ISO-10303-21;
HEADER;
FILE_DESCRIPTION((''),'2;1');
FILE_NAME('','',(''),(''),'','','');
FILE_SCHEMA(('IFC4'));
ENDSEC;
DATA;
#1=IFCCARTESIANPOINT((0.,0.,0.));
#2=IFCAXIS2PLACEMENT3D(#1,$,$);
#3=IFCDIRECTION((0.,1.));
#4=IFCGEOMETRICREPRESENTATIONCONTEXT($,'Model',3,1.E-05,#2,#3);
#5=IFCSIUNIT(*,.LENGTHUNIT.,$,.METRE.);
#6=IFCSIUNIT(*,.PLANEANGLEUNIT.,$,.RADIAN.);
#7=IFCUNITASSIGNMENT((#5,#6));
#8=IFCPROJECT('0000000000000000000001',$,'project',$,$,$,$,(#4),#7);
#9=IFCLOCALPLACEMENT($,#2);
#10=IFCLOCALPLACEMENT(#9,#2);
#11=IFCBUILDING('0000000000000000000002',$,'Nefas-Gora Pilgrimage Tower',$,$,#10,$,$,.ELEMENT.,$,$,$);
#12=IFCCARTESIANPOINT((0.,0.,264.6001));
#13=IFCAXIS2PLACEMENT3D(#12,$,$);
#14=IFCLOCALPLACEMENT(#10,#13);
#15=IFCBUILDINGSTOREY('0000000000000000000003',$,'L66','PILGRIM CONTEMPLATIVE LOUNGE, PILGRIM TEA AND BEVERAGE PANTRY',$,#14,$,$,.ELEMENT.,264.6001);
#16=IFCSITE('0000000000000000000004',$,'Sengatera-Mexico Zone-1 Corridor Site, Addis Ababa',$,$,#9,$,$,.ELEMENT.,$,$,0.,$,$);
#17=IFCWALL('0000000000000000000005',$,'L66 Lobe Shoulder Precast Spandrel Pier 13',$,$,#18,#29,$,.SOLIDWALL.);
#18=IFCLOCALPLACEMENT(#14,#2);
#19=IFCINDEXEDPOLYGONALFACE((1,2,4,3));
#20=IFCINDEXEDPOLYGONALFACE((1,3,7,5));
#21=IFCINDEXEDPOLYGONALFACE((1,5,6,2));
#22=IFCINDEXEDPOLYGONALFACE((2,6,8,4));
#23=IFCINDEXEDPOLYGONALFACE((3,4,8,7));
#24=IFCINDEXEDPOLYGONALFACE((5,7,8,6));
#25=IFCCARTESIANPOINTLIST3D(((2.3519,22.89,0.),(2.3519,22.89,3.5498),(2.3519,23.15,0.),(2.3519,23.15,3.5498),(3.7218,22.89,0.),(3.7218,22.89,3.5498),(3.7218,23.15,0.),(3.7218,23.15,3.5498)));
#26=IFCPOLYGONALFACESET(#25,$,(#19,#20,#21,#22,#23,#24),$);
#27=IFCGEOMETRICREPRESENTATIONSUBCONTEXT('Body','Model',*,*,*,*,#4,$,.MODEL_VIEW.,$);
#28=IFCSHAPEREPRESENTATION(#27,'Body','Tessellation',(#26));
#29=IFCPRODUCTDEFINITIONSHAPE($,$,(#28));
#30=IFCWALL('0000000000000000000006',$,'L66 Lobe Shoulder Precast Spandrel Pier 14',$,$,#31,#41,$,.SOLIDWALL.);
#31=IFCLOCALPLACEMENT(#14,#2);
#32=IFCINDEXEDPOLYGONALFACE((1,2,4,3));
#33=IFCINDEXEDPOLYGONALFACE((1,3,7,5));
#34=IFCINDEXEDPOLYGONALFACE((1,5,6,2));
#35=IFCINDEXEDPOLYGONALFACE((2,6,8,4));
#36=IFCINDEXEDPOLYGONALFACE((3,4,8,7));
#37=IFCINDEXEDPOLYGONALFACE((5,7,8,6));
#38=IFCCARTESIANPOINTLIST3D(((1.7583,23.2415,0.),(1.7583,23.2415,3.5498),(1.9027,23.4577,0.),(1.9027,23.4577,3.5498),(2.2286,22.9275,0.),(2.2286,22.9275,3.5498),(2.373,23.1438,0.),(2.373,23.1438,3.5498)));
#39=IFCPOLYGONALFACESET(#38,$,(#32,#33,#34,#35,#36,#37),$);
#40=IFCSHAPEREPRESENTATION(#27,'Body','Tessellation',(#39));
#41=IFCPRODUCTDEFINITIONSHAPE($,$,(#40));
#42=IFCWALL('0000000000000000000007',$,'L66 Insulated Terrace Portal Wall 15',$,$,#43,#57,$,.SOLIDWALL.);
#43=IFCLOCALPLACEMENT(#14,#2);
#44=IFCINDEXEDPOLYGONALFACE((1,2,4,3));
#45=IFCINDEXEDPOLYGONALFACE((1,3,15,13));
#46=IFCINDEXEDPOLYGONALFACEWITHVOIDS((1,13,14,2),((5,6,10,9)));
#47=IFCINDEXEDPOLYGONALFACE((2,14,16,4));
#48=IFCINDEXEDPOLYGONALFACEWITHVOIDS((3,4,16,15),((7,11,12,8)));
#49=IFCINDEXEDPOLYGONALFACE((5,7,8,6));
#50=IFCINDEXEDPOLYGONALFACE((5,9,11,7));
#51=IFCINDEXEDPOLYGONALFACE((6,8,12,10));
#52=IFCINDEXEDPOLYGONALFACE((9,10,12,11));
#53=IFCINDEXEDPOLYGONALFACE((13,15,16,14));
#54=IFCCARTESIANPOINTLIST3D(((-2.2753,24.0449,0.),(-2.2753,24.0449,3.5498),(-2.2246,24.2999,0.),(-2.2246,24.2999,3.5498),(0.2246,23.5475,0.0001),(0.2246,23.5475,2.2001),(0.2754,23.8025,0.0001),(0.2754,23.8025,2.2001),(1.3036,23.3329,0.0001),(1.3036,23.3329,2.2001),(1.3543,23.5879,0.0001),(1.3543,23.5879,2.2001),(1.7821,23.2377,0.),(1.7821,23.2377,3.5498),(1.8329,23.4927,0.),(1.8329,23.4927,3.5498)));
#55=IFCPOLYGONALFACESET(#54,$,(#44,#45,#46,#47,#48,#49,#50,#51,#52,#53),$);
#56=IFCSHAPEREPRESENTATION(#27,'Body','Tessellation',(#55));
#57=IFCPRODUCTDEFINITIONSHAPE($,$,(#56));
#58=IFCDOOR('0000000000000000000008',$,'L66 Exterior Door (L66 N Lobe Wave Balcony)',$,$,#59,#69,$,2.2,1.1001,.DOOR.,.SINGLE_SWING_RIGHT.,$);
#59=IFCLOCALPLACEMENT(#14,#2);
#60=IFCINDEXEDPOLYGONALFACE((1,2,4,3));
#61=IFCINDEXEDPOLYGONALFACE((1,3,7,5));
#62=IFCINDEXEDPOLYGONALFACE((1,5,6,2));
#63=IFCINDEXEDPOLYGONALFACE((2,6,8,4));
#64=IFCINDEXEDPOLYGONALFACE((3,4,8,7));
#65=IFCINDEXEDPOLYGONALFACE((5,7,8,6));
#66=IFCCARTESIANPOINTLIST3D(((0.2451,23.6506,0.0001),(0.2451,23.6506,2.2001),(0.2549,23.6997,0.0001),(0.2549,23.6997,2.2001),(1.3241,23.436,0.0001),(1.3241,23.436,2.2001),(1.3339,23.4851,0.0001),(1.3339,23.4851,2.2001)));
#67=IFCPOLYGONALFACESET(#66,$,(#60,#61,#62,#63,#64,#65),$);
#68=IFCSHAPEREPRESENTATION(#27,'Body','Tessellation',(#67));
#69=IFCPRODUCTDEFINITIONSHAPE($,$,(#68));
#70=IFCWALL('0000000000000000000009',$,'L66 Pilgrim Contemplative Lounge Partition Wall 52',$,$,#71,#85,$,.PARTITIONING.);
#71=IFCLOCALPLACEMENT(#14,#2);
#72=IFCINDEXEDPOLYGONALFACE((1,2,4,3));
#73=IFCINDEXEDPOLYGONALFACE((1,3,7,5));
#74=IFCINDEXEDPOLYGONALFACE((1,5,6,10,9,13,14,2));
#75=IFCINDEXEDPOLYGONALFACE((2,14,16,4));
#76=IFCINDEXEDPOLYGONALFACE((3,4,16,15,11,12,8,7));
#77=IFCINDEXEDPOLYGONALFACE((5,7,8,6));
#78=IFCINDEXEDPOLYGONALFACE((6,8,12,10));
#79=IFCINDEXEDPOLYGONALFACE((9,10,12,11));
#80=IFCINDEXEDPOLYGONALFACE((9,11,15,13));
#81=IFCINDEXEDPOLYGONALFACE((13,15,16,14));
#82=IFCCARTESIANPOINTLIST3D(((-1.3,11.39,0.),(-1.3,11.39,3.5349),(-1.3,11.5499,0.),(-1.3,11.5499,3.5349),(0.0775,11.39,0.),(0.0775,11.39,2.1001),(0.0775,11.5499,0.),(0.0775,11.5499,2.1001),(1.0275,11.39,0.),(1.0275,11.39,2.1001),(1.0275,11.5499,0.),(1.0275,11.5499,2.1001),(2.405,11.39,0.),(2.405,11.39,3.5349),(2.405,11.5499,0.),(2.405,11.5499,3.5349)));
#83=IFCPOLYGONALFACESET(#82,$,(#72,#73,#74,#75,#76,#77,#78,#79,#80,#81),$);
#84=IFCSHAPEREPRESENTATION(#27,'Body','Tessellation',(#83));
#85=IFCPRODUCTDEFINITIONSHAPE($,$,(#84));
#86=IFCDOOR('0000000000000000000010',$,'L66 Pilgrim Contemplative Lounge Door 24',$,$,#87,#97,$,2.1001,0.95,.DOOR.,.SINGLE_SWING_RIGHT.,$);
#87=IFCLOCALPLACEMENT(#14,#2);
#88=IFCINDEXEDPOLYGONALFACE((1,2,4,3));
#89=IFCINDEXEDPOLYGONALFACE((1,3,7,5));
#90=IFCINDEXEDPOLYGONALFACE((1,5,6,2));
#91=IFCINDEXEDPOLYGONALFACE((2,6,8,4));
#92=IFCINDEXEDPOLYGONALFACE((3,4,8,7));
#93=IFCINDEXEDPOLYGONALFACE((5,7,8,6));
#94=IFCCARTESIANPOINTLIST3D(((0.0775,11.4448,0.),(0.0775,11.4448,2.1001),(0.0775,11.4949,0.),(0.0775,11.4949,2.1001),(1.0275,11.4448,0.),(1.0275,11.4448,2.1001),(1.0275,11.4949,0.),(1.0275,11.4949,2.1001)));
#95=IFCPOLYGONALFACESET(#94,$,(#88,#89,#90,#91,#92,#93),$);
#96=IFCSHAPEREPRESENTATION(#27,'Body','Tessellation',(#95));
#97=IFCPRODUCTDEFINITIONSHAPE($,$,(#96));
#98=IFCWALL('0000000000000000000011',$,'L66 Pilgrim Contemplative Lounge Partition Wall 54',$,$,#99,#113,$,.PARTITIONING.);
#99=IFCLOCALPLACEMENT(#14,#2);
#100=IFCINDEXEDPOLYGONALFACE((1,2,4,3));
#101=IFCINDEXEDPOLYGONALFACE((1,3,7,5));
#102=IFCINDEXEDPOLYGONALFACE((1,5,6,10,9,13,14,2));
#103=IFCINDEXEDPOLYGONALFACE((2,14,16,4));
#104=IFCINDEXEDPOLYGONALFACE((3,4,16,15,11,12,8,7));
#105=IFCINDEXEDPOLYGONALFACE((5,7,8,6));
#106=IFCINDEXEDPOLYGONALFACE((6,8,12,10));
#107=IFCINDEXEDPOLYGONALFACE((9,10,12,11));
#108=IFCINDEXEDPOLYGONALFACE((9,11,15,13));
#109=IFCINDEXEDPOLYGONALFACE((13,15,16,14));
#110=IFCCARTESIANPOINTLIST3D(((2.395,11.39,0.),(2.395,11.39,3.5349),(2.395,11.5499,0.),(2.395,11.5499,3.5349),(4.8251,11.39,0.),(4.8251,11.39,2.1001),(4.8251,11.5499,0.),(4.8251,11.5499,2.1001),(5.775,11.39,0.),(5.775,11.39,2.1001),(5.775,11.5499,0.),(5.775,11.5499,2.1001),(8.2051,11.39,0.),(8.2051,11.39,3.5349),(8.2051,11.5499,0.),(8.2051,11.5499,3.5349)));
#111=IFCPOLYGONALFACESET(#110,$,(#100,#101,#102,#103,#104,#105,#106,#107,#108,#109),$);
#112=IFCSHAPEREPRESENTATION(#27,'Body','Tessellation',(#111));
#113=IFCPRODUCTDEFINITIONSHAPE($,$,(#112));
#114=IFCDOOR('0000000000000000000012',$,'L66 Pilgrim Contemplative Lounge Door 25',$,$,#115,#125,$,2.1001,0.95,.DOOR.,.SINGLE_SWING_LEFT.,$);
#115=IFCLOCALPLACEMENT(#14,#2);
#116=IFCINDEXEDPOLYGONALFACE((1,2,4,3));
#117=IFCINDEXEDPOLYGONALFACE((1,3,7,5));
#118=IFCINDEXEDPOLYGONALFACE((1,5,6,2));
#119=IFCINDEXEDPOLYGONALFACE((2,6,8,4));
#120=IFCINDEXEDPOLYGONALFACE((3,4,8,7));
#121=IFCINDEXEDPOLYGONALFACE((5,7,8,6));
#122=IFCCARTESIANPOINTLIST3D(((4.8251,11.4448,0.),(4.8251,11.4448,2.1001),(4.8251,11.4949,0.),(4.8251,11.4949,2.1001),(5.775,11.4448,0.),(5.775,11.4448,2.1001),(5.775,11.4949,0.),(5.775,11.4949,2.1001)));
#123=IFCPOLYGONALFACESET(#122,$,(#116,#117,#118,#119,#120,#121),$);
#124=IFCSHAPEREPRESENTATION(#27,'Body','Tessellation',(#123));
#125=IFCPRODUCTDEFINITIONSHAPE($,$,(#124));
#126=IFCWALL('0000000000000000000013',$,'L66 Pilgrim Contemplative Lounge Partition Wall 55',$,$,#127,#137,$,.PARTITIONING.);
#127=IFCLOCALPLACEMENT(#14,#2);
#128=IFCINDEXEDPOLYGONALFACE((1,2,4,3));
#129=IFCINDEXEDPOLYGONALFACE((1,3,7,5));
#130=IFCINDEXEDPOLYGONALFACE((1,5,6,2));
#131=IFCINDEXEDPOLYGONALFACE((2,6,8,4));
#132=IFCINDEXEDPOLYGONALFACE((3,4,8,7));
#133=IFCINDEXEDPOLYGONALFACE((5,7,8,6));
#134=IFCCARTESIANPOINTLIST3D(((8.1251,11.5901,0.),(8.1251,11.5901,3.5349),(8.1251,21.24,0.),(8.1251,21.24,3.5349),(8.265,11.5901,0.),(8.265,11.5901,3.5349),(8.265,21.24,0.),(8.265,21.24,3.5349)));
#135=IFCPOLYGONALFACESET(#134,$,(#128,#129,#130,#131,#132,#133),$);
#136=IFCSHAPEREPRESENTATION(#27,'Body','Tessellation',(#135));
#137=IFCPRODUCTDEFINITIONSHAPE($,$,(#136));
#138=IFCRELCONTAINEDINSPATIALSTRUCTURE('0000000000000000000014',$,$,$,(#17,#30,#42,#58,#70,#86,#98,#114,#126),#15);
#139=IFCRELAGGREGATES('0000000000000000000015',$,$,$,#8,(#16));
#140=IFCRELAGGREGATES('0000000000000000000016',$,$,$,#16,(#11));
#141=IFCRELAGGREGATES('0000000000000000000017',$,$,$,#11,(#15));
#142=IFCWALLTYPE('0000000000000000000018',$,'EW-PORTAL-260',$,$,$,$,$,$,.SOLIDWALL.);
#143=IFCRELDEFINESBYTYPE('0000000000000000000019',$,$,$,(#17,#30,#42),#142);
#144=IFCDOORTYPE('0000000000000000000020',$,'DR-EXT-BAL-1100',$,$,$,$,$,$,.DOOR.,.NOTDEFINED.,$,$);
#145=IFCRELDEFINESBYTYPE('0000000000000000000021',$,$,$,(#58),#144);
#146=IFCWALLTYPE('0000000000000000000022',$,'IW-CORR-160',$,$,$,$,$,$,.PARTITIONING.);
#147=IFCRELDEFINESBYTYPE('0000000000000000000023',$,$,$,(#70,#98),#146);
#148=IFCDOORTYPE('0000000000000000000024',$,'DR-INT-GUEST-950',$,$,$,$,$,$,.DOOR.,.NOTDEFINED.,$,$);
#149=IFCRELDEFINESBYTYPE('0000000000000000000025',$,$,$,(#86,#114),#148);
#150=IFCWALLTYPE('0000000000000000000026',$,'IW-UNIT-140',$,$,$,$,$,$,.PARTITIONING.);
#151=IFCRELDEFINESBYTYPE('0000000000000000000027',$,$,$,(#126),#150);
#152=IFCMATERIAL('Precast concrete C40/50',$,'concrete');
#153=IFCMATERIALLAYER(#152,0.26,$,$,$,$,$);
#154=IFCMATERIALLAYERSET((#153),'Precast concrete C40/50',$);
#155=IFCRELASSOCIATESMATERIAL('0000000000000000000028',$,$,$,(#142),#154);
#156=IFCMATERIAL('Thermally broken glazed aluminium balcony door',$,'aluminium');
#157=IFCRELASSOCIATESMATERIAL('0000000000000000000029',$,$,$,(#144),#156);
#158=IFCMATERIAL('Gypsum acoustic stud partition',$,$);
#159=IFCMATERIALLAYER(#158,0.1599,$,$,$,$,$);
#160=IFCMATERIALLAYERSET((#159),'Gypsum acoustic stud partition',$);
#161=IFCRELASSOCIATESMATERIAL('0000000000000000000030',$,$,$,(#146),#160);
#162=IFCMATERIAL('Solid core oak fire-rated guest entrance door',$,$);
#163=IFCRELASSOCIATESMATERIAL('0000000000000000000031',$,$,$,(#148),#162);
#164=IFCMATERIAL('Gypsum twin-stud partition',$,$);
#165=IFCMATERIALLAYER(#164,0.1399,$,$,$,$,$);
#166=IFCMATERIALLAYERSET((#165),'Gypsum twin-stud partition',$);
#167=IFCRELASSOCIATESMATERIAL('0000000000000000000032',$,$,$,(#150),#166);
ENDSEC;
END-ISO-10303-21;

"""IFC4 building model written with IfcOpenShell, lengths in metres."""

from ifc_helpers import new_model, si_unit, direction, frame, frame_2d, origin, place, context, subcontext, project, spatial, rectangle, extrude, source, transform, mapped, material, layer, layer_set, type_object, element, fill, save


model = new_model("IFC4")

# Units and contexts
model_context = context("Model", 3, precision=1e-05, world=origin(), true_north=direction((0.0, 1.0)))
body_context = subcontext(model_context, "Body", "Model", "MODEL_VIEW")
ifc_project = project(units=[si_unit("LENGTHUNIT", "METRE"), si_unit("PLANEANGLEUNIT", "RADIAN")], contexts=[model_context])

# Site, building, storey
site_placement = place(None, origin())
site = spatial("IfcSite", under=ifc_project, at=site_placement, Name="Sengatera-Mexico Zone-1 Corridor Site, Addis Ababa", CompositionType="ELEMENT", RefElevation=0.0)
building_placement = place(site_placement, origin())
building = spatial("IfcBuilding", under=site, at=building_placement, Name="Nefas-Gora Pilgrimage Tower", CompositionType="ELEMENT")
storey_placement = place(building_placement, frame((0.0, 0.0, 264.6001)))
storey = spatial("IfcBuildingStorey", under=building, at=storey_placement, Name="L66", Description="PILGRIM CONTEMPLATIVE LOUNGE, PILGRIM TEA AND BEVERAGE PANTRY", CompositionType="ELEMENT", Elevation=264.6001)

# Walls
ifc_material_1 = material(Name="Precast concrete C40/50", Category="concrete")
ifc_layer_1 = layer(ifc_material_1, 0.26)
ifc_layer_set_1 = layer_set([ifc_layer_1], Name="Precast concrete C40/50")
wall_type_1 = type_object("IfcWallType", Name="EW-PORTAL-260", PredefinedType="SOLIDWALL", material=ifc_layer_set_1)
shared_shape_1 = source(origin(), body_context, "Body", "SweptSolid", [
    extrude(rectangle(XDim=1.3699, YDim=0.26, at=frame_2d((0.6851, 0.0))), origin(), (0.0, 0.0, 1.0), 3.5498),
])
wall_1_placement = place(storey_placement, frame((3.7219, 23.02, 0.0), z_axis=(0.0, 0.0, 1.0), x_axis=(-1.0, 0.0, 0.0)))
element("IfcWall", 1, at=wall_1_placement, inside=storey, type_object=wall_type_1, Name="L66 Lobe Shoulder Precast Spandrel Pier 13", PredefinedType="SOLIDWALL", context=body_context, shape_type="MappedRepresentation", body=[
    mapped(shared_shape_1, transform((0.0, 0.0, 0.0), x_axis=(1.0, 0.0, 0.0), y_axis=(0.0, 1.0, 0.0), z_axis=(0.0, 0.0, 1.0), scale=1.0)),
])
shared_shape_2 = source(origin(), body_context, "Body", "SweptSolid", [
    extrude(rectangle(XDim=0.5654, YDim=0.26, at=frame_2d((0.2827, 0.0))), origin(), (0.0, 0.0, 1.0), 3.5498),
])
wall_2_placement = place(storey_placement, frame((2.3008, 23.0356, 0.0), z_axis=(0.0, 0.0, 1.0), x_axis=(-0.831651, 0.555298, 0.0)))
element("IfcWall", 2, at=wall_2_placement, inside=storey, type_object=wall_type_1, Name="L66 Lobe Shoulder Precast Spandrel Pier 14", PredefinedType="SOLIDWALL", context=body_context, shape_type="MappedRepresentation", body=[
    mapped(shared_shape_2, transform((0.0, 0.0, 0.0), x_axis=(1.0, 0.0, 0.0), y_axis=(0.0, 1.0, 0.0), z_axis=(0.0, 0.0, 1.0), scale=1.0)),
])

# Walls, openings, doors
shared_shape_3 = source(origin(), body_context, "Body", "SweptSolid", [
    extrude(rectangle(XDim=4.137, YDim=0.26, at=frame_2d((2.0684, 0.0))), origin(), (0.0, 0.0, 1.0), 3.5498),
])
wall_3_placement = place(storey_placement, frame((1.8074, 23.3652, 0.0), z_axis=(0.0, 0.0, 1.0), x_axis=(-0.980782, 0.195106, 0.0)))
wall_3 = element("IfcWall", 3, at=wall_3_placement, inside=storey, type_object=wall_type_1, Name="L66 Insulated Terrace Portal Wall 15", PredefinedType="SOLIDWALL", context=body_context, shape_type="MappedRepresentation", body=[
    mapped(shared_shape_3, transform((0.0, 0.0, 0.0), x_axis=(1.0, 0.0, 0.0), y_axis=(0.0, 1.0, 0.0), z_axis=(0.0, 0.0, 1.0), scale=1.0)),
])
opening_1_placement = place(wall_3_placement, frame((0.4878, 0.0, 0.0)))
opening_1 = element("IfcOpeningElement", 4, at=opening_1_placement, cuts=wall_3, PredefinedType="OPENING", context=body_context, shape_type="SweptSolid", body=[
    extrude(rectangle(XDim=1.1001, YDim=2.2, at=frame_2d((0.55, 1.1001))), frame((0.0, 0.1399, 0.0), z_axis=(0.0, -1.0, 0.0), x_axis=(1.0, 0.0, 0.0)), (0.0, 0.0, 1.0), 0.28),
])
ifc_material_2 = material(Name="Thermally broken glazed aluminium balcony door", Category="aluminium")
door_type_1 = type_object("IfcDoorType", Name="DR-EXT-BAL-1100", OperationType="NOTDEFINED", PredefinedType="DOOR", material=ifc_material_2)
shared_shape_4 = source(origin(), body_context, "Body", "SweptSolid", [
    extrude(rectangle(XDim=1.1001, YDim=2.2, at=frame_2d((0.55, 1.1001))), frame((0.0, 0.0249, 0.0), z_axis=(0.0, -1.0, 0.0), x_axis=(1.0, 0.0, 0.0)), (0.0, 0.0, 1.0), 0.05),
])
door_1_placement = place(opening_1_placement, origin())
door_1 = element("IfcDoor", 5, at=door_1_placement, inside=storey, type_object=door_type_1, Name="L66 Exterior Door (L66 N Lobe Wave Balcony)", OperationType="SINGLE_SWING_RIGHT", OverallHeight=2.2, OverallWidth=1.1001, PredefinedType="DOOR", context=body_context, shape_type="MappedRepresentation", body=[
    mapped(shared_shape_4, transform((0.0, 0.0, 0.0), x_axis=(1.0, 0.0, 0.0), y_axis=(0.0, 1.0, 0.0), z_axis=(0.0, 0.0, 1.0), scale=1.0)),
])
fill(opening_1, door_1)
ifc_material_3 = material(Name="Gypsum acoustic stud partition")
ifc_layer_2 = layer(ifc_material_3, 0.1599)
ifc_layer_set_2 = layer_set([ifc_layer_2], Name="Gypsum acoustic stud partition")
wall_type_2 = type_object("IfcWallType", Name="IW-CORR-160", PredefinedType="PARTITIONING", material=ifc_layer_set_2)
shared_shape_5 = source(origin(), body_context, "Body", "SweptSolid", [
    extrude(rectangle(XDim=3.7051, YDim=0.1599, at=frame_2d((1.8525, 0.0))), origin(), (0.0, 0.0, 1.0), 3.5349),
])
wall_4_placement = place(storey_placement, frame((-1.3, 11.47, 0.0), z_axis=(0.0, 0.0, 1.0), x_axis=(1.0, 0.0, 0.0)))
wall_4 = element("IfcWall", 6, at=wall_4_placement, inside=storey, type_object=wall_type_2, Name="L66 Pilgrim Contemplative Lounge Partition Wall 52", PredefinedType="PARTITIONING", context=body_context, shape_type="MappedRepresentation", body=[
    mapped(shared_shape_5, transform((0.0, 0.0, 0.0), x_axis=(1.0, 0.0, 0.0), y_axis=(0.0, 1.0, 0.0), z_axis=(0.0, 0.0, 1.0), scale=1.0)),
])
opening_2_placement = place(wall_4_placement, frame((1.3774, 0.0, 0.0)))
opening_2 = element("IfcOpeningElement", 7, at=opening_2_placement, cuts=wall_4, PredefinedType="OPENING", context=body_context, shape_type="SweptSolid", body=[
    extrude(rectangle(XDim=0.95, YDim=2.1001, at=frame_2d((0.4751, 1.05))), frame((0.0, 0.0898, 0.0), z_axis=(0.0, -1.0, 0.0), x_axis=(1.0, 0.0, 0.0)), (0.0, 0.0, 1.0), 0.1799),
])
ifc_material_4 = material(Name="Solid core oak fire-rated guest entrance door")
door_type_2 = type_object("IfcDoorType", Name="DR-INT-GUEST-950", OperationType="NOTDEFINED", PredefinedType="DOOR", material=ifc_material_4)
shared_shape_6 = source(origin(), body_context, "Body", "SweptSolid", [
    extrude(rectangle(XDim=0.95, YDim=2.1001, at=frame_2d((0.4751, 1.05))), frame((0.0, 0.0249, 0.0), z_axis=(0.0, -1.0, 0.0), x_axis=(1.0, 0.0, 0.0)), (0.0, 0.0, 1.0), 0.05),
])
door_2_placement = place(opening_2_placement, origin())
door_2 = element("IfcDoor", 8, at=door_2_placement, inside=storey, type_object=door_type_2, Name="L66 Pilgrim Contemplative Lounge Door 24", OperationType="SINGLE_SWING_RIGHT", OverallHeight=2.1001, OverallWidth=0.95, PredefinedType="DOOR", context=body_context, shape_type="MappedRepresentation", body=[
    mapped(shared_shape_6, transform((0.0, 0.0, 0.0), x_axis=(1.0, 0.0, 0.0), y_axis=(0.0, 1.0, 0.0), z_axis=(0.0, 0.0, 1.0), scale=1.0)),
])
fill(opening_2, door_2)
shared_shape_7 = source(origin(), body_context, "Body", "SweptSolid", [
    extrude(rectangle(XDim=5.8101, YDim=0.1599, at=frame_2d((2.905, 0.0))), origin(), (0.0, 0.0, 1.0), 3.5349),
])
wall_5_placement = place(storey_placement, frame((2.395, 11.47, 0.0), z_axis=(0.0, 0.0, 1.0), x_axis=(1.0, 0.0, 0.0)))
wall_5 = element("IfcWall", 9, at=wall_5_placement, inside=storey, type_object=wall_type_2, Name="L66 Pilgrim Contemplative Lounge Partition Wall 54", PredefinedType="PARTITIONING", context=body_context, shape_type="MappedRepresentation", body=[
    mapped(shared_shape_7, transform((0.0, 0.0, 0.0), x_axis=(1.0, 0.0, 0.0), y_axis=(0.0, 1.0, 0.0), z_axis=(0.0, 0.0, 1.0), scale=1.0)),
])
opening_3_placement = place(wall_5_placement, frame((2.4299, 0.0, 0.0)))
opening_3 = element("IfcOpeningElement", 10, at=opening_3_placement, cuts=wall_5, PredefinedType="OPENING", context=body_context, shape_type="SweptSolid", body=[
    extrude(rectangle(XDim=0.95, YDim=2.1001, at=frame_2d((0.4751, 1.05))), frame((0.0, 0.0898, 0.0), z_axis=(0.0, -1.0, 0.0), x_axis=(1.0, 0.0, 0.0)), (0.0, 0.0, 1.0), 0.1799),
])
door_3_placement = place(opening_3_placement, origin())
door_3 = element("IfcDoor", 11, at=door_3_placement, inside=storey, type_object=door_type_2, Name="L66 Pilgrim Contemplative Lounge Door 25", OperationType="SINGLE_SWING_LEFT", OverallHeight=2.1001, OverallWidth=0.95, PredefinedType="DOOR", context=body_context, shape_type="MappedRepresentation", body=[
    mapped(shared_shape_6, transform((0.0, 0.0, 0.0), x_axis=(1.0, 0.0, 0.0), y_axis=(0.0, 1.0, 0.0), z_axis=(0.0, 0.0, 1.0), scale=1.0)),
])
fill(opening_3, door_3)

# Wall
ifc_material_5 = material(Name="Gypsum twin-stud partition")
ifc_layer_3 = layer(ifc_material_5, 0.1399)
ifc_layer_set_3 = layer_set([ifc_layer_3], Name="Gypsum twin-stud partition")
wall_type_3 = type_object("IfcWallType", Name="IW-UNIT-140", PredefinedType="PARTITIONING", material=ifc_layer_set_3)
shared_shape_8 = source(origin(), body_context, "Body", "SweptSolid", [
    extrude(rectangle(XDim=9.6499, YDim=0.1399, at=frame_2d((4.825, 0.0))), origin(), (0.0, 0.0, 1.0), 3.5349),
])
wall_6_placement = place(storey_placement, frame((8.1951, 11.5901, 0.0), z_axis=(0.0, 0.0, 1.0), x_axis=(0.0, 1.0, 0.0)))
element("IfcWall", 12, at=wall_6_placement, inside=storey, type_object=wall_type_3, Name="L66 Pilgrim Contemplative Lounge Partition Wall 55", PredefinedType="PARTITIONING", context=body_context, shape_type="MappedRepresentation", body=[
    mapped(shared_shape_8, transform((0.0, 0.0, 0.0), x_axis=(1.0, 0.0, 0.0), y_axis=(0.0, 1.0, 0.0), z_axis=(0.0, 0.0, 1.0), scale=1.0)),
])

save(model, "model.ifc")
